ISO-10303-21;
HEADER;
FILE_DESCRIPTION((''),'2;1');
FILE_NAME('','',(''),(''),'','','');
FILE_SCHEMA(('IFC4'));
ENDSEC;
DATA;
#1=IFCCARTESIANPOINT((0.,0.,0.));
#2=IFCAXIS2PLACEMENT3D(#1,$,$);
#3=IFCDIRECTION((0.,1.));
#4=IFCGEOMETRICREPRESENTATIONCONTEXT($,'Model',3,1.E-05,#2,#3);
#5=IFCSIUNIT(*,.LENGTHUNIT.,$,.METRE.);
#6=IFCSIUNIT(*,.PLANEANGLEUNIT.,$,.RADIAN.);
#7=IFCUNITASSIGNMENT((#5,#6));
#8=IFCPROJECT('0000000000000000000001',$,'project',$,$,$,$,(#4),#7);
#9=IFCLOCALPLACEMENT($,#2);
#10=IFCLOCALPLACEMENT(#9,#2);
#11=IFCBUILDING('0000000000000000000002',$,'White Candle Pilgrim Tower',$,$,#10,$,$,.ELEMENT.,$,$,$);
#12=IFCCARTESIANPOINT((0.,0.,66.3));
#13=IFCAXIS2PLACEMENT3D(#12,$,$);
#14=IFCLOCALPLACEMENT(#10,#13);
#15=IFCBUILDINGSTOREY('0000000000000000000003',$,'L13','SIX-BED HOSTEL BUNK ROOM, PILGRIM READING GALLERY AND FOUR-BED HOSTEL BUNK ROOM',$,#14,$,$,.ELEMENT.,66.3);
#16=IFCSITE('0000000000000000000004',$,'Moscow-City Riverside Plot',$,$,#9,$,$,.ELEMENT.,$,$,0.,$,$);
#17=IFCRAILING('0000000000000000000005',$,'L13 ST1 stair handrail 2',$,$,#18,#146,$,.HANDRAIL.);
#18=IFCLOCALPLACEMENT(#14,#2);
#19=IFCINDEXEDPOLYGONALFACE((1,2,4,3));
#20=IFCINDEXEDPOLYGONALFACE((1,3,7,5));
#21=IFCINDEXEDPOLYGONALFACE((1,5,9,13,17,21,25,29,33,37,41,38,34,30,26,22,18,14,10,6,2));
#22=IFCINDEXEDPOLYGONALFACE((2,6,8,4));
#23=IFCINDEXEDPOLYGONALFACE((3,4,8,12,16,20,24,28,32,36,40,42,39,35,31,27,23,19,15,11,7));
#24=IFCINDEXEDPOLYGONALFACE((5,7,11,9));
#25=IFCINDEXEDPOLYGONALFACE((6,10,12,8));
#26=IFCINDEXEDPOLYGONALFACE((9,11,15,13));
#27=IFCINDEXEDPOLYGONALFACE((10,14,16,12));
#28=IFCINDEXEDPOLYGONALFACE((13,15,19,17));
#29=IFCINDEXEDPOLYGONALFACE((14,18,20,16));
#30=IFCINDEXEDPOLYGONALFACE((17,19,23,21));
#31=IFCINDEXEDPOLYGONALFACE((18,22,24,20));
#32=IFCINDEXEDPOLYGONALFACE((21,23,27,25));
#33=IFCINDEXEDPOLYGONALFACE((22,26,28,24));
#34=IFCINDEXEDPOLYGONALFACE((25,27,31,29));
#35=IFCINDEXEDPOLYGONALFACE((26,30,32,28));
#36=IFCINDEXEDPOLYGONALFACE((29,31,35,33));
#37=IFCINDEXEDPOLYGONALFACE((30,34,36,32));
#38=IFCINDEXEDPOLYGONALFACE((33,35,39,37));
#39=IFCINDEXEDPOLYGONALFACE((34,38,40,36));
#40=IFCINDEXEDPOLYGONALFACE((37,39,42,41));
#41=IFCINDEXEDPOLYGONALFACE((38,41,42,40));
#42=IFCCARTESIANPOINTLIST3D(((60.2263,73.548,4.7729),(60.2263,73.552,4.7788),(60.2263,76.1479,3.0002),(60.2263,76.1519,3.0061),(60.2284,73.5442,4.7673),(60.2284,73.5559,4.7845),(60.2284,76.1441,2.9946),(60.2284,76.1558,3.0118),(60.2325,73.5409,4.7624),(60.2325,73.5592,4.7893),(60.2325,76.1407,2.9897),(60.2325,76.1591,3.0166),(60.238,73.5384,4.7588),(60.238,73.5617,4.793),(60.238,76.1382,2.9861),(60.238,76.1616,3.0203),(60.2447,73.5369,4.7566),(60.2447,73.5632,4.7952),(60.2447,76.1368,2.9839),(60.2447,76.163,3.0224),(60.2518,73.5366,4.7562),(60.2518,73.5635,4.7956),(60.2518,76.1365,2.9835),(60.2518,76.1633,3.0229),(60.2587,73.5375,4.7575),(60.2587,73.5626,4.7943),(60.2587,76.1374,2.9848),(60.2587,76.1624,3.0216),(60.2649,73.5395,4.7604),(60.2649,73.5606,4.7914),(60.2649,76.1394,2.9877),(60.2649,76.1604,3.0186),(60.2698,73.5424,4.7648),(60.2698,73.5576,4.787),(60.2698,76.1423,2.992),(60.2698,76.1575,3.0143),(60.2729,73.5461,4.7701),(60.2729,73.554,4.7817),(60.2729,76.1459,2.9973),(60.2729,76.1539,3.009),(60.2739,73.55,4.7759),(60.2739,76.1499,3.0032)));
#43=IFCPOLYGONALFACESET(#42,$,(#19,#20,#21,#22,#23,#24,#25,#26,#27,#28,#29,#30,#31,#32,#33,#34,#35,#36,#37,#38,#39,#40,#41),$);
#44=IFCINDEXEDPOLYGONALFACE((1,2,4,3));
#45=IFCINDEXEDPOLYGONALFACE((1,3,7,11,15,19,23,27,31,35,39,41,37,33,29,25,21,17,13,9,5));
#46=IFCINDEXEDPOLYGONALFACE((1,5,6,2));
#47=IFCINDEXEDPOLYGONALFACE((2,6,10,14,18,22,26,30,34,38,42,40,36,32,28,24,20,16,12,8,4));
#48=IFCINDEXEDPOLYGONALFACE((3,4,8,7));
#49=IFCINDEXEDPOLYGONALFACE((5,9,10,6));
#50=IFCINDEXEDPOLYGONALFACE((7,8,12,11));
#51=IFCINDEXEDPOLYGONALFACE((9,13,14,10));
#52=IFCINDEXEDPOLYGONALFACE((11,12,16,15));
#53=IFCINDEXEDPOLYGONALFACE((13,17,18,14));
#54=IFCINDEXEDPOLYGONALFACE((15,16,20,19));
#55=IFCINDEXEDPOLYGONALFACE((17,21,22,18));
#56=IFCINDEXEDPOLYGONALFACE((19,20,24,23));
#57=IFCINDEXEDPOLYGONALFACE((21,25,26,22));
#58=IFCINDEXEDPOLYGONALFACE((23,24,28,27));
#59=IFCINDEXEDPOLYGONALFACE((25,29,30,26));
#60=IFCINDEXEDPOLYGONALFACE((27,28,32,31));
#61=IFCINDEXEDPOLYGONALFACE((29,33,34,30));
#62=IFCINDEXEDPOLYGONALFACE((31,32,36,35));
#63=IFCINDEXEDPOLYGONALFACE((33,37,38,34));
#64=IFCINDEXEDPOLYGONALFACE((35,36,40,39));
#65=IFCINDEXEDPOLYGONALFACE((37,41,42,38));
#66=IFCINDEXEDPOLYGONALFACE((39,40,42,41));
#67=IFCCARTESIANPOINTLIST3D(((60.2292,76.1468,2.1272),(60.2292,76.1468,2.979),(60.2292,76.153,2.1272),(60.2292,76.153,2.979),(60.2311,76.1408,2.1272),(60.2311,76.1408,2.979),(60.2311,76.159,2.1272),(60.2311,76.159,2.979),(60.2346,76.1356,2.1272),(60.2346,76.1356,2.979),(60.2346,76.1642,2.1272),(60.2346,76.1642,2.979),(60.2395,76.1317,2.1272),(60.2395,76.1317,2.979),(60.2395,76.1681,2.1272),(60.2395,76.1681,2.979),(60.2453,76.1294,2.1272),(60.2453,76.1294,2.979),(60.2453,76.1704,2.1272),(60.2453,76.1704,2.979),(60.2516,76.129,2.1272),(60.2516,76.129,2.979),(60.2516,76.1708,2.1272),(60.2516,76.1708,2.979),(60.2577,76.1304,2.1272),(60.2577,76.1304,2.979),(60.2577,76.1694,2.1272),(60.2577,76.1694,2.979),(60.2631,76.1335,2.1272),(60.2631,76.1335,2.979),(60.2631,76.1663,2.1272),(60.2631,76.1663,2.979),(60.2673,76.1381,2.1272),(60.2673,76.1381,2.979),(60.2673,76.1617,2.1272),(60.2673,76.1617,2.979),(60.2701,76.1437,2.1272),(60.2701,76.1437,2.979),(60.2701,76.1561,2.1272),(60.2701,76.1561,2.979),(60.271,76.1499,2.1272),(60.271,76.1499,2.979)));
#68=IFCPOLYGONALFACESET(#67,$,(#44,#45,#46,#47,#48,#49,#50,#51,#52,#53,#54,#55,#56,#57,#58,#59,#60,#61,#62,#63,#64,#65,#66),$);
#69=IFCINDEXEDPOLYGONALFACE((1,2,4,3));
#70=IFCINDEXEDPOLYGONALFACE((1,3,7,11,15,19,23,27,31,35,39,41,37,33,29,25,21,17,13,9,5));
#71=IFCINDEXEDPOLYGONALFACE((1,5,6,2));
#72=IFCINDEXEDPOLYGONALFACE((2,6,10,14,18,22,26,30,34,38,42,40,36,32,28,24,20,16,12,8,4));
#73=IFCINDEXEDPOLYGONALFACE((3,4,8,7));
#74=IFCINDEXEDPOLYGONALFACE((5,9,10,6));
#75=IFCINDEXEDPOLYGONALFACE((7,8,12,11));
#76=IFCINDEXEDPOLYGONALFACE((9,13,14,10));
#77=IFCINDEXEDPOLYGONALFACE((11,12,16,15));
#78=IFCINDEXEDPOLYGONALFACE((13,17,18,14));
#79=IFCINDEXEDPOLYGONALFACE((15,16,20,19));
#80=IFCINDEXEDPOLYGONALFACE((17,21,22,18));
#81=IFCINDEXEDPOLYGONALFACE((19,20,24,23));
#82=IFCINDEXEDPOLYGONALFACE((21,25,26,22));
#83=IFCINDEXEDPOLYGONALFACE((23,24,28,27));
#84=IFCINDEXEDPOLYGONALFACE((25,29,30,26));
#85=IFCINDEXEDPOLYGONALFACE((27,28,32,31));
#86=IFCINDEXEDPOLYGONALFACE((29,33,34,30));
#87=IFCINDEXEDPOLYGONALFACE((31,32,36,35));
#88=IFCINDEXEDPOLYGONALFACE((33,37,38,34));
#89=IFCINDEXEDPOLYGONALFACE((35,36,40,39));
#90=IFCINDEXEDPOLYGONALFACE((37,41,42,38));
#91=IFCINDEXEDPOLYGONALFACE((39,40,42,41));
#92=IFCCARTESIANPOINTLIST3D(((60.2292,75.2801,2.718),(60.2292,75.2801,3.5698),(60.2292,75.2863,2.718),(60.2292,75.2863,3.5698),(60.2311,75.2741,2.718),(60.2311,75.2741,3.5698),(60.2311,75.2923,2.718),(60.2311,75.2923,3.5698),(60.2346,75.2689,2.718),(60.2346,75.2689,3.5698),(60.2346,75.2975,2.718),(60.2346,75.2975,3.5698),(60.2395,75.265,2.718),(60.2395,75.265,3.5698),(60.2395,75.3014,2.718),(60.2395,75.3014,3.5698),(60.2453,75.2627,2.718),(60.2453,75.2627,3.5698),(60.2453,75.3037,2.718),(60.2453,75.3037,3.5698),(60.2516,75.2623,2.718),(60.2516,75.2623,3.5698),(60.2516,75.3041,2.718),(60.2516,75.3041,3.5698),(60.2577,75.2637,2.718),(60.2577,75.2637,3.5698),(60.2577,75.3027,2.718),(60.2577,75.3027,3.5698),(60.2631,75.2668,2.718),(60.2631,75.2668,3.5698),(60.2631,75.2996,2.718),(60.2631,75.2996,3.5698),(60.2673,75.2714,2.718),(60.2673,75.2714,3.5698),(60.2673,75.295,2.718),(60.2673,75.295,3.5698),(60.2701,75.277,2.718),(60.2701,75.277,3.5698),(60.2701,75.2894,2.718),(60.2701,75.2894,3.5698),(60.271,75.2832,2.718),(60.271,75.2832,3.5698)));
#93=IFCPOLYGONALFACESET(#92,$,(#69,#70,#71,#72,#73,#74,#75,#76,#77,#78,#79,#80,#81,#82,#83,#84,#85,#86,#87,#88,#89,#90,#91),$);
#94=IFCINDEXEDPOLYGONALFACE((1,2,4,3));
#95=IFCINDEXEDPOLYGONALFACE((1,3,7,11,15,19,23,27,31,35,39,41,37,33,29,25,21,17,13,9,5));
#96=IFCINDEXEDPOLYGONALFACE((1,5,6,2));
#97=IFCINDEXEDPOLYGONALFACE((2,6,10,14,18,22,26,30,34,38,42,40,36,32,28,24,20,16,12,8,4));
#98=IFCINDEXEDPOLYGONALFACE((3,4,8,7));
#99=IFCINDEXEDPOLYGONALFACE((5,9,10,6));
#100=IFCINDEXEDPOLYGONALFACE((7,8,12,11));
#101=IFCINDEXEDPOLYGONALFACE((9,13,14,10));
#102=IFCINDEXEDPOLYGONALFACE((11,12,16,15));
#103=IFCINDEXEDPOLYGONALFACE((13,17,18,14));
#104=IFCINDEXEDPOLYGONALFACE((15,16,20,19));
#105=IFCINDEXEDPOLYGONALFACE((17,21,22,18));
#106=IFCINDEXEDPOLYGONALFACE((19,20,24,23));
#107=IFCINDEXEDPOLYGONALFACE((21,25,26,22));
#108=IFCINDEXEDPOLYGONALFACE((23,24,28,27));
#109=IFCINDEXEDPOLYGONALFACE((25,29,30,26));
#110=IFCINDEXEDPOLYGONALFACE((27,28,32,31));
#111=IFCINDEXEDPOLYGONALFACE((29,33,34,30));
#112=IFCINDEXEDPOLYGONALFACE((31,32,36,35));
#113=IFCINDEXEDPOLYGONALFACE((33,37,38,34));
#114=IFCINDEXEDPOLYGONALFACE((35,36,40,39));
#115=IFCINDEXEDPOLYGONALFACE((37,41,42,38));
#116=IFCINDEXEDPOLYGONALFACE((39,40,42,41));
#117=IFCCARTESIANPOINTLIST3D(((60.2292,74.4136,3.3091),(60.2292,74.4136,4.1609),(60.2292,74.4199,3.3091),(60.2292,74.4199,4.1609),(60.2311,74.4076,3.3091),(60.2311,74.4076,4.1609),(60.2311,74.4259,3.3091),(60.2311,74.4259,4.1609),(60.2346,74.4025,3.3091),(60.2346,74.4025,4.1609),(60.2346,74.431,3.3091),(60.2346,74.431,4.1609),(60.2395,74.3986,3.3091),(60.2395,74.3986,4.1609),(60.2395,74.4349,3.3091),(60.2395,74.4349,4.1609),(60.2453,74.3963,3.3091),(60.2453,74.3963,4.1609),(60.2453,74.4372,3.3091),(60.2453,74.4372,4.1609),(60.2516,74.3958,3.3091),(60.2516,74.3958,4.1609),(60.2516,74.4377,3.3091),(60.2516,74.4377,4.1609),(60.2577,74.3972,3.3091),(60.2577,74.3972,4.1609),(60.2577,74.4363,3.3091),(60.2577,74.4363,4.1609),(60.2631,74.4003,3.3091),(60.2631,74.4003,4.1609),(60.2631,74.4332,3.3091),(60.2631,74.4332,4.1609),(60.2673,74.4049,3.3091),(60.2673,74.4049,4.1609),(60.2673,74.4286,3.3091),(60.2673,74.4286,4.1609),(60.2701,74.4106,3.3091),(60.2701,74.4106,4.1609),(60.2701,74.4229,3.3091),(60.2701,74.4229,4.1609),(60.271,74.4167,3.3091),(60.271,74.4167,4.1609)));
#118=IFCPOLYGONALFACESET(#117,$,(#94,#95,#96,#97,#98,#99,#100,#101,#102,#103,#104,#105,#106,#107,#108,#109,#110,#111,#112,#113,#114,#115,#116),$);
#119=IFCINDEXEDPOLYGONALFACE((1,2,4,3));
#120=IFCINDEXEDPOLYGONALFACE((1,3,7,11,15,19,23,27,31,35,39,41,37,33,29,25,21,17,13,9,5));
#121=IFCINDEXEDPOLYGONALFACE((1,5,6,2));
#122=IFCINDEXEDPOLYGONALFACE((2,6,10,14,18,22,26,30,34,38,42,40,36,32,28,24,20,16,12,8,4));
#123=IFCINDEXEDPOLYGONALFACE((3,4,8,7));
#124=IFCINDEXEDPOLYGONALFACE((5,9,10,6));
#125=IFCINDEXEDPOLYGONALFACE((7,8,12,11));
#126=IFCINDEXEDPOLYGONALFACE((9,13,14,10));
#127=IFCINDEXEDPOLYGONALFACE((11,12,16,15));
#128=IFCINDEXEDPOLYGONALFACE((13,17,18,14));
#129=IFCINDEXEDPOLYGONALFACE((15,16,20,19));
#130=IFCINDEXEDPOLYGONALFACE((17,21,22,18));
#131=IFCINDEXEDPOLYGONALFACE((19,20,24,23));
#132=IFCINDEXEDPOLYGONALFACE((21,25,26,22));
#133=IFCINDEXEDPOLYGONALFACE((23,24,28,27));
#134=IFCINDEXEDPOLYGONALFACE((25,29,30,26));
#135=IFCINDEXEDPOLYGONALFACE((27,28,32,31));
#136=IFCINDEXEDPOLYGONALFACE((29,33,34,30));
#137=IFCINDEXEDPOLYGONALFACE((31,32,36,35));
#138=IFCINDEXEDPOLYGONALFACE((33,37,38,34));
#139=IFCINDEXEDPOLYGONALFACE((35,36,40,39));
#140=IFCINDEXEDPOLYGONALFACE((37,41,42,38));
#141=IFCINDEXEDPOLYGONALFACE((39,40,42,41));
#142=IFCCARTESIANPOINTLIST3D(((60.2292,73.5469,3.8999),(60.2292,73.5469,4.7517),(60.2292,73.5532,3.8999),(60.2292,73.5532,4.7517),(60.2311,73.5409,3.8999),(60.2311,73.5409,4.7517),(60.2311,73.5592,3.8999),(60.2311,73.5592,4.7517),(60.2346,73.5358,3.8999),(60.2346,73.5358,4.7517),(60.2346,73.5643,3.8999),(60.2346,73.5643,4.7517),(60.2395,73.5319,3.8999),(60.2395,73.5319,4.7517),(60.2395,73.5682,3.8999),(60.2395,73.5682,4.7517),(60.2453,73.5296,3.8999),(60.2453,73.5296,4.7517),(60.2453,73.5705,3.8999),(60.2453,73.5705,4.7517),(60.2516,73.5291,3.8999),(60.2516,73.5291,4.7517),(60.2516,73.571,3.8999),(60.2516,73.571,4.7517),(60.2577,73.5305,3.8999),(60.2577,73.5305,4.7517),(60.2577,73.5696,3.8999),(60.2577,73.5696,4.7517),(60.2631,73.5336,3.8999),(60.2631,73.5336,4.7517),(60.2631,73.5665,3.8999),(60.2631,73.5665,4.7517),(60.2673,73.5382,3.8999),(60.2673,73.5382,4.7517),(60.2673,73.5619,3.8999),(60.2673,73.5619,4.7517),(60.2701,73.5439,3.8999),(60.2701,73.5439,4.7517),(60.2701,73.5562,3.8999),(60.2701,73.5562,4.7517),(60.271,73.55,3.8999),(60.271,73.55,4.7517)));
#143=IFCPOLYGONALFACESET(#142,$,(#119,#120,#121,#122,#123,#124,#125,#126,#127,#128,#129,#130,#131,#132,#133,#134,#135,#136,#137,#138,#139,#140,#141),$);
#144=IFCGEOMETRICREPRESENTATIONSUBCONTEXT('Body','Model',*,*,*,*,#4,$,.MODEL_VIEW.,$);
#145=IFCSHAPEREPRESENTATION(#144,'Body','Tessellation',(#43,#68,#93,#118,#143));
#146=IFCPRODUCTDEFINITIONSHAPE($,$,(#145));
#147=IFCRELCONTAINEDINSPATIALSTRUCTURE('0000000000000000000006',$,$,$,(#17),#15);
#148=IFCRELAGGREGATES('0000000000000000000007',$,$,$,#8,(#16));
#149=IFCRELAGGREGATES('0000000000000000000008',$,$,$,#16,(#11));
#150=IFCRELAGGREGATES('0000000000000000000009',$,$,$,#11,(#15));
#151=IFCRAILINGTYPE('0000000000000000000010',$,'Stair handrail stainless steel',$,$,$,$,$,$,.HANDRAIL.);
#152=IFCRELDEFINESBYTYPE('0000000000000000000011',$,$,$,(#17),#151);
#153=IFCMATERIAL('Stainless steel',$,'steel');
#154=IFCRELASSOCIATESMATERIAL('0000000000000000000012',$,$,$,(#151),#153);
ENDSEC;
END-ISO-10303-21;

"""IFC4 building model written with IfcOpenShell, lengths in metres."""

from ifc_helpers import new_model, si_unit, direction, frame, origin, origin_2d, place, context, subcontext, project, spatial, circle, extrude, material, type_object, element, save


model = new_model("IFC4")

# Units and contexts
model_context = context("Model", 3, precision=1e-05, world=origin(), true_north=direction((0.0, 1.0)))
body_context = subcontext(model_context, "Body", "Model", "MODEL_VIEW")
ifc_project = project(units=[si_unit("LENGTHUNIT", "METRE"), si_unit("PLANEANGLEUNIT", "RADIAN")], contexts=[model_context])

# Site, building, storey
site_placement = place(None, origin())
site = spatial("IfcSite", under=ifc_project, at=site_placement, Name="Moscow-City Riverside Plot", CompositionType="ELEMENT", RefElevation=0.0)
building_placement = place(site_placement, origin())
building = spatial("IfcBuilding", under=site, at=building_placement, Name="White Candle Pilgrim Tower", CompositionType="ELEMENT")
storey_placement = place(building_placement, frame((0.0, 0.0, 66.3)))
storey = spatial("IfcBuildingStorey", under=building, at=storey_placement, Name="L13", Description="SIX-BED HOSTEL BUNK ROOM, PILGRIM READING GALLERY AND FOUR-BED HOSTEL BUNK ROOM", CompositionType="ELEMENT", Elevation=66.3)

# Railing
ifc_material_1 = material(Name="Stainless steel", Category="steel")
railing_type_1 = type_object("IfcRailingType", Name="Stair handrail stainless steel", PredefinedType="HANDRAIL", material=ifc_material_1)
railing_1_placement = place(storey_placement, frame((60.25, 76.1499, 2.1272)))
element("IfcRailing", 1, at=railing_1_placement, inside=storey, type_object=railing_type_1, Name="L13 ST1 stair handrail 2", PredefinedType="HANDRAIL", context=body_context, shape_type="SweptSolid", body=[
    extrude(circle(Radius=0.0239, at=origin_2d()), frame((0.0, 0.0, 0.876), z_axis=(0.0, -0.826216, 0.563354), x_axis=(1.0, 0.0, 0.0)), (0.0, 0.0, 1.0), 3.1467),
    extrude(circle(Radius=0.021, at=origin_2d()), origin(), (0.0, 0.0, 1.0), 0.8518),
    extrude(circle(Radius=0.021, at=origin_2d()), frame((0.0, -0.8667, 0.5908)), (0.0, 0.0, 1.0), 0.8518),
    extrude(circle(Radius=0.021, at=origin_2d()), frame((0.0, -1.7332, 1.1819)), (0.0, 0.0, 1.0), 0.8518),
    extrude(circle(Radius=0.021, at=origin_2d()), frame((0.0, -2.5999, 1.7727)), (0.0, 0.0, 1.0), 0.8518),
])

save(model, "model.ifc")
